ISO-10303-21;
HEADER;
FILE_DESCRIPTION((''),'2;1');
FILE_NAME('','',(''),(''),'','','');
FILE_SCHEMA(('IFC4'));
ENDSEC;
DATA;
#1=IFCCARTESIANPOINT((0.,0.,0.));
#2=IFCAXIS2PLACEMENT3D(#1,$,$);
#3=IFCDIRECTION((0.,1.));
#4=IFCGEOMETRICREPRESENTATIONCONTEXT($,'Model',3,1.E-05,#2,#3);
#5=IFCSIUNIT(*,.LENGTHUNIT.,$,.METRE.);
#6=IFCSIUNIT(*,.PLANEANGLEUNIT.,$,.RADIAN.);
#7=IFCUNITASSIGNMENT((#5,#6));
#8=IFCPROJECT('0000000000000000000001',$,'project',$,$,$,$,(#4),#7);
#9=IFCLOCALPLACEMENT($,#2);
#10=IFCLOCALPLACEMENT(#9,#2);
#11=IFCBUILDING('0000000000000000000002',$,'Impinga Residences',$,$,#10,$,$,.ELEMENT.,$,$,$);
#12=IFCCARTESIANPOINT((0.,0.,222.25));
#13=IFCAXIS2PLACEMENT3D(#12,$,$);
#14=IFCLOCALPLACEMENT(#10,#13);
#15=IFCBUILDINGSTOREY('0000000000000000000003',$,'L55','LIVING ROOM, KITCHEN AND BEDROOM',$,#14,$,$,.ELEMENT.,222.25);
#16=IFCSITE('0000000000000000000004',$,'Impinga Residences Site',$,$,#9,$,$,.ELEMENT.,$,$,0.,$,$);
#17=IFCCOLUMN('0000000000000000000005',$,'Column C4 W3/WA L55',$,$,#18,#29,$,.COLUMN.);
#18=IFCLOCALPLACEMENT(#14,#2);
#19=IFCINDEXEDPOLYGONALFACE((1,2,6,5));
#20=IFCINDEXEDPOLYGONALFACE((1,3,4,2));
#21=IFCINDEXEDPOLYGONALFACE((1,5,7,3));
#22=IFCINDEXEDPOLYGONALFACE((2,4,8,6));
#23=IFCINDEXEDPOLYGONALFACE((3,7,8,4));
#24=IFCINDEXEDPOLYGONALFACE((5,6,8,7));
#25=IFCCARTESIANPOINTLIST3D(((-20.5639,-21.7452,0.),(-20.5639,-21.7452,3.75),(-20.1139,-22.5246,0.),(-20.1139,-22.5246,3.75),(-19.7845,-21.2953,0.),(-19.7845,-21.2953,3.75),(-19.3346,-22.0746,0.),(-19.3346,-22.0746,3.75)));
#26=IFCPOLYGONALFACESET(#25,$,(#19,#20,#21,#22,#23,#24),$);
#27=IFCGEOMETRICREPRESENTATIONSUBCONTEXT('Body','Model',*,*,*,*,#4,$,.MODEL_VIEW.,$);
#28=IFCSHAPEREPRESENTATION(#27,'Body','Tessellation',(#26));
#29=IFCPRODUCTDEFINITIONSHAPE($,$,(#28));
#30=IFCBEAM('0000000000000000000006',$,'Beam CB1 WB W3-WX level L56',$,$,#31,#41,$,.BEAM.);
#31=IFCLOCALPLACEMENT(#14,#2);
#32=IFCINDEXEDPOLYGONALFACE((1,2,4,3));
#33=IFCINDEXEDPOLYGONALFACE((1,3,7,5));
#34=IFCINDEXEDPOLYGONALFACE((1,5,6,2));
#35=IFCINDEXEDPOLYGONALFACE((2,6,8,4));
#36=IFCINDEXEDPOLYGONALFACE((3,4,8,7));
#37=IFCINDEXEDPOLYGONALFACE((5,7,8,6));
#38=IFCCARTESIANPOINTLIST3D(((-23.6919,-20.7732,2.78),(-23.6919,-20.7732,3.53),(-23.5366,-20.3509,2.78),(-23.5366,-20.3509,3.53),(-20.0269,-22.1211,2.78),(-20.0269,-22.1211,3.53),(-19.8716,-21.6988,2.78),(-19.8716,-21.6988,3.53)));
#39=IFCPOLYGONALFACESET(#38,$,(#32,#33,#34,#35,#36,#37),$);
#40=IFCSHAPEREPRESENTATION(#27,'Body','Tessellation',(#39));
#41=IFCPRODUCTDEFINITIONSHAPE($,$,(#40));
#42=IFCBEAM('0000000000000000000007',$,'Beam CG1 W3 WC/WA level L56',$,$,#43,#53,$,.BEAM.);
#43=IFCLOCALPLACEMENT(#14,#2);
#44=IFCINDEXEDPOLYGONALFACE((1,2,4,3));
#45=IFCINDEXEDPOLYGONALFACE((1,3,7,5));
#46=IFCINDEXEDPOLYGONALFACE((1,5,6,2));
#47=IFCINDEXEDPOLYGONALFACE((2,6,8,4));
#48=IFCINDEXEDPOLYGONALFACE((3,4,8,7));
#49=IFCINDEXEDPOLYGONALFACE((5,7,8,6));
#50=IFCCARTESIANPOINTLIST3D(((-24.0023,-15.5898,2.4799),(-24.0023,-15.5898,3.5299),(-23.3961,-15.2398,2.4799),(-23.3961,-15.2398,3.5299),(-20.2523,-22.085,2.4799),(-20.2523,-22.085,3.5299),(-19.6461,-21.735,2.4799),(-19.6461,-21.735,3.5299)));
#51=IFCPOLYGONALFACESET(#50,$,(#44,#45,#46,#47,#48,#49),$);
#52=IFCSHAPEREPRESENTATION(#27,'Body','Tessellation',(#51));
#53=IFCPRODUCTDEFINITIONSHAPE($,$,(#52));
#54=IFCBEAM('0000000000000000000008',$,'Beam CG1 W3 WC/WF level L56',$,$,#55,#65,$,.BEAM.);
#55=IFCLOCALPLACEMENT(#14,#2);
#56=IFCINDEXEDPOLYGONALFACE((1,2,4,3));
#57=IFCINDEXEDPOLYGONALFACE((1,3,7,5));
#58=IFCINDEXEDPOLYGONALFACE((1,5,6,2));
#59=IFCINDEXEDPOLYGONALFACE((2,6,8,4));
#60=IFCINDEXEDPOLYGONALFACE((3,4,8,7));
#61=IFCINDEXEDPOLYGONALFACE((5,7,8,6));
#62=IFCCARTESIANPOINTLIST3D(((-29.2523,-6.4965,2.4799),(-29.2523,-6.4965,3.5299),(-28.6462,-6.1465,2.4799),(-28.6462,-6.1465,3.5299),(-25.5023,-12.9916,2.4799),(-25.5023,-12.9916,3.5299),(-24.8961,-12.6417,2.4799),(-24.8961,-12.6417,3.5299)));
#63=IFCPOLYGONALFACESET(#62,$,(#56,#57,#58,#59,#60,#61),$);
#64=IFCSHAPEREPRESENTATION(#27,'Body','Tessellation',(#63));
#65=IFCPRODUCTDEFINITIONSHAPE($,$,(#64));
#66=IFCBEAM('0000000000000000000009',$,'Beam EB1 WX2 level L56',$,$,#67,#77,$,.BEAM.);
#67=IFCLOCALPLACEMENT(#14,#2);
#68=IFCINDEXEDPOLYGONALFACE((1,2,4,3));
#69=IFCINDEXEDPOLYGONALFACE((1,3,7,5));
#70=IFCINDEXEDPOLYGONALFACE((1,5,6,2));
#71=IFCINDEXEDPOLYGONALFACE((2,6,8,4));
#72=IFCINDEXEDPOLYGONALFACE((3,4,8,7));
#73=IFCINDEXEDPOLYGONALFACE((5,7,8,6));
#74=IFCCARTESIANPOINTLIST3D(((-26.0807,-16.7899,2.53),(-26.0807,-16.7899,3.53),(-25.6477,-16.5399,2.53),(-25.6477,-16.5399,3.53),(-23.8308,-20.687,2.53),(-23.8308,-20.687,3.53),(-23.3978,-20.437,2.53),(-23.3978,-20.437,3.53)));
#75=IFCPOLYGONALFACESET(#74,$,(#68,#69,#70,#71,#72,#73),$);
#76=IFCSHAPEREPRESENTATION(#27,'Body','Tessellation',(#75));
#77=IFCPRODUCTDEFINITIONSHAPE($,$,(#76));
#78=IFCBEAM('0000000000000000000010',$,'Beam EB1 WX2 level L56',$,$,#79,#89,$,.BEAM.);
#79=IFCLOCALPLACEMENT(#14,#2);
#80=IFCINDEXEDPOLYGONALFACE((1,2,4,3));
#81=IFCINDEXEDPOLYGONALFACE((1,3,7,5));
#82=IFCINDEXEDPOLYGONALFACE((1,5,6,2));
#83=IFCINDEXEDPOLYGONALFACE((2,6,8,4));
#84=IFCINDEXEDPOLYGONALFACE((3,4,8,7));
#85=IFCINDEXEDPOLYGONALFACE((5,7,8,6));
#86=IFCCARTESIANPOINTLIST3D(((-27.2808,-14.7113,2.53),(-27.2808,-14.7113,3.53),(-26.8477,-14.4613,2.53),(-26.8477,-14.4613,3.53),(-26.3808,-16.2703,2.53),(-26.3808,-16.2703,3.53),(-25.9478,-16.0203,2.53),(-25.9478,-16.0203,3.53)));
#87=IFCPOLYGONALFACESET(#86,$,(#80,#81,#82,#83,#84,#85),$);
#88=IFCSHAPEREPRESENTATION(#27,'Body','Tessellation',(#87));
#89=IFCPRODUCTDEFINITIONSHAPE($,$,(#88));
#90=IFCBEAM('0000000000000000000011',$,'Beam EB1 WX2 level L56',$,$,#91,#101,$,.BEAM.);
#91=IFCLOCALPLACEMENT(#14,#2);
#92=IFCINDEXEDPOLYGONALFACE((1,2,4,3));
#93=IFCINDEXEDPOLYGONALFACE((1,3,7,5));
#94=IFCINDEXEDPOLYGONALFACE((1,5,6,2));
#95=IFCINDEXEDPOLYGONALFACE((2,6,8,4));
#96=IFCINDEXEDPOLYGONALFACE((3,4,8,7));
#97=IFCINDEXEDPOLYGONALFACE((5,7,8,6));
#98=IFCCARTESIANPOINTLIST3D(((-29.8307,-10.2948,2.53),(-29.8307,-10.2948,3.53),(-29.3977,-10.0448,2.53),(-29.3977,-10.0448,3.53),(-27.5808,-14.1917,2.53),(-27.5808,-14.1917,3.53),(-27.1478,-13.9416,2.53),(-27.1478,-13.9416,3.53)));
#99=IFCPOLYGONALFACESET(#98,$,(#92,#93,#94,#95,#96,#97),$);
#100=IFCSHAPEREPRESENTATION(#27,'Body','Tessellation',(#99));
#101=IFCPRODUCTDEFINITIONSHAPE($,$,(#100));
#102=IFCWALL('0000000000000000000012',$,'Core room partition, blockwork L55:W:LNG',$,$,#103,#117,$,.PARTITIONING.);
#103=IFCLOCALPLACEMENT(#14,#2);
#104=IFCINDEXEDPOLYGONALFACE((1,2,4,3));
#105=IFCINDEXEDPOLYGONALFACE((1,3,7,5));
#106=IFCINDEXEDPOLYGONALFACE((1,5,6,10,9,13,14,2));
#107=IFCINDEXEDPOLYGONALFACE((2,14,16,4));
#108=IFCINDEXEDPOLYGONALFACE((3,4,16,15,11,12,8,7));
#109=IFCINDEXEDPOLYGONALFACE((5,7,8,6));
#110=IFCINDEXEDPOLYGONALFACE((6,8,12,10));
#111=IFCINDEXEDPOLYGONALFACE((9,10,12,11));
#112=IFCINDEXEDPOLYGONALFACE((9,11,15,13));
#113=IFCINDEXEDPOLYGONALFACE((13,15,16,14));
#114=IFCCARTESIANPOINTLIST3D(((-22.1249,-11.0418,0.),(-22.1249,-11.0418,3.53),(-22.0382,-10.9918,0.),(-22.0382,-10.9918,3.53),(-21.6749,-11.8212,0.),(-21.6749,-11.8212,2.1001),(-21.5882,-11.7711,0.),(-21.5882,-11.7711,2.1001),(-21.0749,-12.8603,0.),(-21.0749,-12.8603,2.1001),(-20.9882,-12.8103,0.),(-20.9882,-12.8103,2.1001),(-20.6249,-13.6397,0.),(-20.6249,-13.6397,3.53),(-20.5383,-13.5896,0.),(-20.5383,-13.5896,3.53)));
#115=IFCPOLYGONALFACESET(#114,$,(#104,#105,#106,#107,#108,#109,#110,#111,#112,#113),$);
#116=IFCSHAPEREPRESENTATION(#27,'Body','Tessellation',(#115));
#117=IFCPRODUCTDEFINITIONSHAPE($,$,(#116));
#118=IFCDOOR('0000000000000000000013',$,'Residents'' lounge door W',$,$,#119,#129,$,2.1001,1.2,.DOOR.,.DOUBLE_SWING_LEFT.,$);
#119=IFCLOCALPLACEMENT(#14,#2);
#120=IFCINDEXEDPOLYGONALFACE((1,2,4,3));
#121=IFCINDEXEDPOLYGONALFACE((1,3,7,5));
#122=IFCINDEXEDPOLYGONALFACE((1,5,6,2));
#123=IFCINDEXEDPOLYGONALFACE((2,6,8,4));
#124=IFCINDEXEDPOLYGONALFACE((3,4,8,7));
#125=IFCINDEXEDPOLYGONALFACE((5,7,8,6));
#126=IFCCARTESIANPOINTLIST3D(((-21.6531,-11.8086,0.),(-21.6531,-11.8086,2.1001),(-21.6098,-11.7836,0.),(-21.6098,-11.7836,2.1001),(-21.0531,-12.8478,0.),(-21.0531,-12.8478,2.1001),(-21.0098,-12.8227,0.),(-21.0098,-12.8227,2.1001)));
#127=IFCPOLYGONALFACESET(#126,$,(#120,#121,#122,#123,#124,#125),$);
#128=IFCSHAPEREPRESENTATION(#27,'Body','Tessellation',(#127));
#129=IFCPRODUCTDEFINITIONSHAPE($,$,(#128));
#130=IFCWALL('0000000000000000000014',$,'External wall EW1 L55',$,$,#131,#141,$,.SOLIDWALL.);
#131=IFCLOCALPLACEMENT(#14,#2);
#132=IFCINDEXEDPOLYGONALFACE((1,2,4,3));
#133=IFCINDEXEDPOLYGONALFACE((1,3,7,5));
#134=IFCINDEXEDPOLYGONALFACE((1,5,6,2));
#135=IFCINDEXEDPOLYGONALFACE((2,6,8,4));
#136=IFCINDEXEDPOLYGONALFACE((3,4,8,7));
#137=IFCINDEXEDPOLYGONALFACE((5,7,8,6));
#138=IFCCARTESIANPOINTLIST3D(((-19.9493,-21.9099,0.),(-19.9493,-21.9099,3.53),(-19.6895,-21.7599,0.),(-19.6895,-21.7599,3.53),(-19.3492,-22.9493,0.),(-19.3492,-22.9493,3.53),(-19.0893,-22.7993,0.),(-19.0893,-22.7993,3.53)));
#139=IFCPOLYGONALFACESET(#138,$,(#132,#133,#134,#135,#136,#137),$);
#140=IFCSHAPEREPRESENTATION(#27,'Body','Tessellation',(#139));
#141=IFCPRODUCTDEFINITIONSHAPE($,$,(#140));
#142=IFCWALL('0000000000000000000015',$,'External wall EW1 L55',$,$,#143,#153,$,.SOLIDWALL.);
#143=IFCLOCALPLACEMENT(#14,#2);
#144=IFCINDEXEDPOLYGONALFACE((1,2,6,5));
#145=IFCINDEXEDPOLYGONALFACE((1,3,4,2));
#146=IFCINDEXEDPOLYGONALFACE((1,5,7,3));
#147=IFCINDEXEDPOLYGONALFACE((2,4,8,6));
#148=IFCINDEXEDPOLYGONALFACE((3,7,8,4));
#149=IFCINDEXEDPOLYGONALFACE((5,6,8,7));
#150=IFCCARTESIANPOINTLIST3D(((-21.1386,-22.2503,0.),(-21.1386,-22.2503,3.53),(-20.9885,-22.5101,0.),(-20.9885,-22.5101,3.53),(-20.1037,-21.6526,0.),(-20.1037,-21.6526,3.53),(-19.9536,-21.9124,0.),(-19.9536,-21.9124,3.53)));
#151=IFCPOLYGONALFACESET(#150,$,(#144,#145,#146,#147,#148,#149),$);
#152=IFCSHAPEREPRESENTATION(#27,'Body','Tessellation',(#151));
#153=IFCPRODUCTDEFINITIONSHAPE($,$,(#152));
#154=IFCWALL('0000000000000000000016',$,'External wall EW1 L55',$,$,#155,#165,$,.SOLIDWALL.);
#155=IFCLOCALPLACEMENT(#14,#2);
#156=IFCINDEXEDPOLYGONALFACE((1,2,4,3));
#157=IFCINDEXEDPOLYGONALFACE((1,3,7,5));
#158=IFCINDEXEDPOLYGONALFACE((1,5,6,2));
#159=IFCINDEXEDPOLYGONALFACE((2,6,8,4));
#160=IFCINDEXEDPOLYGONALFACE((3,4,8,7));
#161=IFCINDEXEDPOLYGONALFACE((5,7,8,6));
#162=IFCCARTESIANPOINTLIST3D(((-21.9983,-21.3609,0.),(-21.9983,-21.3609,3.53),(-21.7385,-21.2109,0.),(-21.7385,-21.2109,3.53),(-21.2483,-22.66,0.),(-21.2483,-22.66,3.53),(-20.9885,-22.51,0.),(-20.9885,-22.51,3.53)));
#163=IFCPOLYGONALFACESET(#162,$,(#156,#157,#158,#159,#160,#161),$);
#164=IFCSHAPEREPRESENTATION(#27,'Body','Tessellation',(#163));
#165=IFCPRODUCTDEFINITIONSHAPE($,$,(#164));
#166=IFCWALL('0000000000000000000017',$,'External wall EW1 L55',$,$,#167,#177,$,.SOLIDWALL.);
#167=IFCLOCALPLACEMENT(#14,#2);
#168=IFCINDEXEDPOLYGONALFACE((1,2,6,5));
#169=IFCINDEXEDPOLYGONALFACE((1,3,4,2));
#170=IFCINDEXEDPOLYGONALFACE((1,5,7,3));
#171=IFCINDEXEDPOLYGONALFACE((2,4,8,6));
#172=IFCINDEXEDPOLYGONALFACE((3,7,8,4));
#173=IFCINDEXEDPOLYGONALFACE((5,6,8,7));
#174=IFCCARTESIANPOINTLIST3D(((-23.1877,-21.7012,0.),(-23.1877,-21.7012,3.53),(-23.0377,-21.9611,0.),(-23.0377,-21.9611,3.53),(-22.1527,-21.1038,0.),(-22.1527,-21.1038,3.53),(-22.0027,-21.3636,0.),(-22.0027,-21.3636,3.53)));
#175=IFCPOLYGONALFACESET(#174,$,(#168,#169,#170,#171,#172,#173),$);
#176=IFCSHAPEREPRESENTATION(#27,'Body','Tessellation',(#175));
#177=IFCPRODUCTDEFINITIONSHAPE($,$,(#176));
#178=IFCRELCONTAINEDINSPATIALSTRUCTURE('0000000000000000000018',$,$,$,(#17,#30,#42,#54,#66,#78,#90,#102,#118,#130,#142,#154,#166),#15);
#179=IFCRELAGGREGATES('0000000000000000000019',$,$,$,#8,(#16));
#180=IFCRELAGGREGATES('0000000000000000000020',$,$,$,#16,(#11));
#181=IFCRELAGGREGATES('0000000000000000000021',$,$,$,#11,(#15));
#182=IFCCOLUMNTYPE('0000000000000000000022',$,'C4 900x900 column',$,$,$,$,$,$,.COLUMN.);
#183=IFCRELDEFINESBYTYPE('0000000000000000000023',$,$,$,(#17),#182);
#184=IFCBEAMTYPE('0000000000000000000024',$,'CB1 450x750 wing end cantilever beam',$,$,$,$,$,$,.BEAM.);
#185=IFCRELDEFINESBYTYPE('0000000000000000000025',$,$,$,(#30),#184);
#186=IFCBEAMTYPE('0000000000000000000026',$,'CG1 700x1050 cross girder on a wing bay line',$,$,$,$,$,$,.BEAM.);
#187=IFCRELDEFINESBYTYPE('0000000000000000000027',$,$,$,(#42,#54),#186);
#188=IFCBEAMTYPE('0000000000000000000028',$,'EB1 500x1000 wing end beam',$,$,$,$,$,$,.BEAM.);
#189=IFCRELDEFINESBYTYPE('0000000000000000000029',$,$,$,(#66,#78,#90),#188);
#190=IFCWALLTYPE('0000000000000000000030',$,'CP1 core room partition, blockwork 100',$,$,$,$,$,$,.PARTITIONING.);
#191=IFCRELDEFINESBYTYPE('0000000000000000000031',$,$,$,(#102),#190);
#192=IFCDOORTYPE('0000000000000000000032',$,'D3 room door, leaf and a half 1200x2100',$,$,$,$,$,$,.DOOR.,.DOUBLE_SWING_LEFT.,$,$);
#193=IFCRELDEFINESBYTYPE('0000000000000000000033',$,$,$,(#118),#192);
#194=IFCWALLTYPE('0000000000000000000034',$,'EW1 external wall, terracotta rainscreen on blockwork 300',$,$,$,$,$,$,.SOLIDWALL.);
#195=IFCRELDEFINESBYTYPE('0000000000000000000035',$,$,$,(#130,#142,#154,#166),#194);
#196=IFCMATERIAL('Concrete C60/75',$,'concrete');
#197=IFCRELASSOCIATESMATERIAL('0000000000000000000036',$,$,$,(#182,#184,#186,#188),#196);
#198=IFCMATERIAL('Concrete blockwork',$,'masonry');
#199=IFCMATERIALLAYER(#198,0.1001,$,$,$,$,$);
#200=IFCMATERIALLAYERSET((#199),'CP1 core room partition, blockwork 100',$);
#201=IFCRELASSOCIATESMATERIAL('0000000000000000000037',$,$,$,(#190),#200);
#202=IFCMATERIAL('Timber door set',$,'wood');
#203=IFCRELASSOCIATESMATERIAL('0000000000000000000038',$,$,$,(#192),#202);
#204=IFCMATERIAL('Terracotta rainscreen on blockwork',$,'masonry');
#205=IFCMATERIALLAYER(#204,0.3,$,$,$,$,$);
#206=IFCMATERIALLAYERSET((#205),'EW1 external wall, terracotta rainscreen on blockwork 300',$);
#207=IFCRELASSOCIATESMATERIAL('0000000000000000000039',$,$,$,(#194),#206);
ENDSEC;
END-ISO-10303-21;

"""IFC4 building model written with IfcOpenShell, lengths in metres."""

from ifc_helpers import new_model, si_unit, direction, frame, frame_2d, origin, origin_2d, place, context, subcontext, project, spatial, rectangle, extrude, material, layer, layer_set, material_profile, profile_set, type_object, element, fill, save


model = new_model("IFC4")

# Units and contexts
model_context = context("Model", 3, precision=1e-05, world=origin(), true_north=direction((0.0, 1.0)))
body_context = subcontext(model_context, "Body", "Model", "MODEL_VIEW")
ifc_project = project(units=[si_unit("LENGTHUNIT", "METRE"), si_unit("PLANEANGLEUNIT", "RADIAN")], contexts=[model_context])

# Site, building, storey
site_placement = place(None, origin())
site = spatial("IfcSite", under=ifc_project, at=site_placement, Name="Impinga Residences Site", CompositionType="ELEMENT", RefElevation=0.0)
building_placement = place(site_placement, origin())
building = spatial("IfcBuilding", under=site, at=building_placement, Name="Impinga Residences", CompositionType="ELEMENT")
storey_placement = place(building_placement, frame((0.0, 0.0, 222.25)))
storey = spatial("IfcBuildingStorey", under=building, at=storey_placement, Name="L55", Description="LIVING ROOM, KITCHEN AND BEDROOM", CompositionType="ELEMENT", Elevation=222.25)

# Column
ifc_material_1 = material(Name="Concrete C60/75", Category="concrete")
ifc_material_profile_1 = material_profile(ifc_material_1, rectangle(XDim=0.8999, YDim=0.8999, at=origin_2d()), Name="RC 900x900")
ifc_profile_set_1 = profile_set([ifc_material_profile_1], Name="Concrete C60/75")
column_type = type_object("IfcColumnType", Name="C4 900x900 column", PredefinedType="COLUMN", material=ifc_profile_set_1)
column_placement = place(storey_placement, frame((-19.9492, -21.9099, 0.0), z_axis=(0.0, 0.0, 1.0), x_axis=(-0.5, 0.866025, 0.0)))
element("IfcColumn", 1, at=column_placement, inside=storey, type_object=column_type, Name="Column C4 W3/WA L55", PredefinedType="COLUMN", context=body_context, shape_type="SweptSolid", body=[
    extrude(rectangle(XDim=0.8999, YDim=0.8999, at=origin_2d()), origin(), (0.0, 0.0, 1.0), 3.75),
])

# Beams
ifc_material_profile_2 = material_profile(ifc_material_1, rectangle(XDim=0.45, YDim=0.75, at=origin_2d()), Name="RC 450x750")
ifc_profile_set_2 = profile_set([ifc_material_profile_2], Name="Concrete C60/75")
beam_type_1 = type_object("IfcBeamType", Name="CB1 450x750 wing end cantilever beam", PredefinedType="BEAM", material=ifc_profile_set_2)
beam_1_placement = place(storey_placement, frame((-19.9492, -21.9099, 3.155), z_axis=(-0.93854, 0.345169, 0.0), x_axis=(-0.345169, -0.93854, 0.0)))
element("IfcBeam", 2, at=beam_1_placement, inside=storey, type_object=beam_type_1, Name="Beam CB1 WB W3-WX level L56", PredefinedType="BEAM", context=body_context, shape_type="SweptSolid", body=[
    extrude(rectangle(XDim=0.45, YDim=0.75, at=origin_2d()), origin(), (0.0, 0.0, 1.0), 3.905),
])
ifc_material_profile_3 = material_profile(ifc_material_1, rectangle(XDim=0.7, YDim=1.05, at=origin_2d()), Name="RC 700x1050")
ifc_profile_set_3 = profile_set([ifc_material_profile_3], Name="Concrete C60/75")
beam_type_2 = type_object("IfcBeamType", Name="CG1 700x1050 cross girder on a wing bay line", PredefinedType="BEAM", material=ifc_profile_set_3)
for number, where, z_axis, x_axis, name in (
    (3, (-23.6992, -15.4148, 3.0049), (0.500004, -0.866023, 0.0), (0.866023, 0.500004, 0.0), "Beam CG1 W3 WC/WA level L56"),
    (4, (-25.1992, -12.8167, 3.0049), (-0.500004, 0.866023, 0.0), (-0.866023, -0.500004, 0.0), "Beam CG1 W3 WC/WF level L56"),
):
    element("IfcBeam", number, at=place(storey_placement, frame(where, z_axis=z_axis, x_axis=x_axis)), inside=storey, type_object=beam_type_2, Name=name, PredefinedType="BEAM", context=body_context, shape_type="SweptSolid", body=[
        extrude(rectangle(XDim=0.7, YDim=1.05, at=origin_2d()), origin(), (0.0, 0.0, 1.0), 7.5),
    ])
ifc_material_profile_4 = material_profile(ifc_material_1, rectangle(XDim=0.5, YDim=1.0, at=origin_2d()), Name="RC 500x1000")
ifc_profile_set_4 = profile_set([ifc_material_profile_4], Name="Concrete C60/75")
beam_type_3 = type_object("IfcBeamType", Name="EB1 500x1000 wing end beam", PredefinedType="BEAM", material=ifc_profile_set_4)
beam_2_placement = place(storey_placement, frame((-23.6143, -20.562, 3.03), z_axis=(-0.49999, 0.866031, 0.0), x_axis=(-0.866031, -0.49999, 0.0)))
element("IfcBeam", 5, at=beam_2_placement, inside=storey, type_object=beam_type_3, Name="Beam EB1 WX2 level L56", PredefinedType="BEAM", context=body_context, shape_type="SweptSolid", body=[
    extrude(rectangle(XDim=0.5, YDim=1.0, at=origin_2d()), origin(), (0.0, 0.0, 1.0), 4.5),
])
beam_3_placement = place(storey_placement, frame((-26.1643, -16.1453, 3.03), z_axis=(-0.499961, 0.866048, 0.0), x_axis=(-0.866048, -0.499961, 0.0)))
element("IfcBeam", 6, at=beam_3_placement, inside=storey, type_object=beam_type_3, Name="Beam EB1 WX2 level L56", PredefinedType="BEAM", context=body_context, shape_type="SweptSolid", body=[
    extrude(rectangle(XDim=0.5, YDim=1.0, at=origin_2d()), origin(), (0.0, 0.0, 1.0), 1.8),
])
beam_4_placement = place(storey_placement, frame((-27.3643, -14.0667, 3.03), z_axis=(-0.500014, 0.866018, 0.0), x_axis=(-0.866018, -0.500014, 0.0)))
element("IfcBeam", 7, at=beam_4_placement, inside=storey, type_object=beam_type_3, Name="Beam EB1 WX2 level L56", PredefinedType="BEAM", context=body_context, shape_type="SweptSolid", body=[
    extrude(rectangle(XDim=0.5, YDim=1.0, at=origin_2d()), origin(), (0.0, 0.0, 1.0), 4.4998),
])

# Wall, opening, door
ifc_material_2 = material(Name="Concrete blockwork", Category="masonry")
ifc_layer_1 = layer(ifc_material_2, 0.1001)
ifc_layer_set_1 = layer_set([ifc_layer_1], Name="CP1 core room partition, blockwork 100")
wall_type_1 = type_object("IfcWallType", Name="CP1 core room partition, blockwork 100", PredefinedType="PARTITIONING", material=ifc_layer_set_1)
wall_1_placement = place(storey_placement, frame((-20.5815, -13.6147, 0.0), z_axis=(0.0, 0.0, 1.0), x_axis=(-0.500025, 0.866011, 0.0)))
wall_1 = element("IfcWall", 8, at=wall_1_placement, inside=storey, type_object=wall_type_1, Name="Core room partition, blockwork L55:W:LNG", PredefinedType="PARTITIONING", context=body_context, shape_type="SweptSolid", body=[
    extrude(rectangle(XDim=2.9998, YDim=0.1001, at=frame_2d((1.5, 0.0))), origin(), (0.0, 0.0, 1.0), 3.53),
])
opening_1_placement = place(wall_1_placement, frame((0.8999, 0.0, 0.0)))
opening_1 = element("IfcOpeningElement", 9, at=opening_1_placement, cuts=wall_1, PredefinedType="OPENING", context=body_context, shape_type="SweptSolid", body=[
    extrude(rectangle(XDim=1.2, YDim=2.1001, at=frame_2d((0.6001, 1.05))), frame((0.0, 0.0601, 0.0), z_axis=(0.0, -1.0, 0.0), x_axis=(1.0, 0.0, 0.0)), (0.0, 0.0, 1.0), 0.1201),
])
ifc_material_3 = material(Name="Timber door set", Category="wood")
door_type = type_object("IfcDoorType", Name="D3 room door, leaf and a half 1200x2100", OperationType="DOUBLE_SWING_LEFT", PredefinedType="DOOR", material=ifc_material_3)
door_placement = place(opening_1_placement, origin())
door = element("IfcDoor", 10, at=door_placement, inside=storey, type_object=door_type, Name="Residents' lounge door W", OperationType="DOUBLE_SWING_LEFT", OverallHeight=2.1001, OverallWidth=1.2, PredefinedType="DOOR", context=body_context, shape_type="SweptSolid", body=[
    extrude(rectangle(XDim=1.2, YDim=2.1001, at=frame_2d((0.6001, 1.05))), frame((0.0, 0.0249, 0.0), z_axis=(0.0, -1.0, 0.0), x_axis=(1.0, 0.0, 0.0)), (0.0, 0.0, 1.0), 0.05),
])
fill(opening_1, door)

# Walls
ifc_material_4 = material(Name="Terracotta rainscreen on blockwork", Category="masonry")
ifc_layer_2 = layer(ifc_material_4, 0.3)
ifc_layer_set_2 = layer_set([ifc_layer_2], Name="EW1 external wall, terracotta rainscreen on blockwork 300")
wall_type_2 = type_object("IfcWallType", Name="EW1 external wall, terracotta rainscreen on blockwork 300", PredefinedType="SOLIDWALL", material=ifc_layer_set_2)
wall_2_placement = place(storey_placement, frame((-19.2192, -22.8743, 0.0), z_axis=(0.0, 0.0, 1.0), x_axis=(-0.500034, 0.866006, 0.0)))
element("IfcWall", 11, at=wall_2_placement, inside=storey, type_object=wall_type_2, Name="External wall EW1 L55", PredefinedType="SOLIDWALL", context=body_context, shape_type="SweptSolid", body=[
    extrude(rectangle(XDim=1.2002, YDim=0.3, at=frame_2d((0.6001, 0.0))), origin(), (0.0, 0.0, 1.0), 3.53),
])
wall_3_placement = place(storey_placement, frame((-20.0286, -21.7825, 0.0), z_axis=(0.0, 0.0, 1.0), x_axis=(-0.865971, -0.500094, 0.0)))
element("IfcWall", 12, at=wall_3_placement, inside=storey, type_object=wall_type_2, Name="External wall EW1 L55", PredefinedType="SOLIDWALL", context=body_context, shape_type="SweptSolid", body=[
    extrude(rectangle(XDim=1.1951, YDim=0.3, at=frame_2d((0.5977, 0.0))), origin(), (0.0, 0.0, 1.0), 3.53),
])
wall_4_placement = place(storey_placement, frame((-21.1184, -22.585, 0.0), z_axis=(0.0, 0.0, 1.0), x_axis=(-0.49999, 0.866031, 0.0)))
element("IfcWall", 13, at=wall_4_placement, inside=storey, type_object=wall_type_2, Name="External wall EW1 L55", PredefinedType="SOLIDWALL", context=body_context, shape_type="SweptSolid", body=[
    extrude(rectangle(XDim=1.5, YDim=0.3, at=frame_2d((0.75, 0.0))), origin(), (0.0, 0.0, 1.0), 3.53),
])
wall_5_placement = place(storey_placement, frame((-22.0776, -21.2336, 0.0), z_axis=(0.0, 0.0, 1.0), x_axis=(-0.86606, -0.499941, 0.0)))
element("IfcWall", 14, at=wall_5_placement, inside=storey, type_object=wall_type_2, Name="External wall EW1 L55", PredefinedType="SOLIDWALL", context=body_context, shape_type="SweptSolid", body=[
    extrude(rectangle(XDim=1.1951, YDim=0.3, at=frame_2d((0.5977, 0.0))), origin(), (0.0, 0.0, 1.0), 3.53),
])

save(model, "model.ifc")
